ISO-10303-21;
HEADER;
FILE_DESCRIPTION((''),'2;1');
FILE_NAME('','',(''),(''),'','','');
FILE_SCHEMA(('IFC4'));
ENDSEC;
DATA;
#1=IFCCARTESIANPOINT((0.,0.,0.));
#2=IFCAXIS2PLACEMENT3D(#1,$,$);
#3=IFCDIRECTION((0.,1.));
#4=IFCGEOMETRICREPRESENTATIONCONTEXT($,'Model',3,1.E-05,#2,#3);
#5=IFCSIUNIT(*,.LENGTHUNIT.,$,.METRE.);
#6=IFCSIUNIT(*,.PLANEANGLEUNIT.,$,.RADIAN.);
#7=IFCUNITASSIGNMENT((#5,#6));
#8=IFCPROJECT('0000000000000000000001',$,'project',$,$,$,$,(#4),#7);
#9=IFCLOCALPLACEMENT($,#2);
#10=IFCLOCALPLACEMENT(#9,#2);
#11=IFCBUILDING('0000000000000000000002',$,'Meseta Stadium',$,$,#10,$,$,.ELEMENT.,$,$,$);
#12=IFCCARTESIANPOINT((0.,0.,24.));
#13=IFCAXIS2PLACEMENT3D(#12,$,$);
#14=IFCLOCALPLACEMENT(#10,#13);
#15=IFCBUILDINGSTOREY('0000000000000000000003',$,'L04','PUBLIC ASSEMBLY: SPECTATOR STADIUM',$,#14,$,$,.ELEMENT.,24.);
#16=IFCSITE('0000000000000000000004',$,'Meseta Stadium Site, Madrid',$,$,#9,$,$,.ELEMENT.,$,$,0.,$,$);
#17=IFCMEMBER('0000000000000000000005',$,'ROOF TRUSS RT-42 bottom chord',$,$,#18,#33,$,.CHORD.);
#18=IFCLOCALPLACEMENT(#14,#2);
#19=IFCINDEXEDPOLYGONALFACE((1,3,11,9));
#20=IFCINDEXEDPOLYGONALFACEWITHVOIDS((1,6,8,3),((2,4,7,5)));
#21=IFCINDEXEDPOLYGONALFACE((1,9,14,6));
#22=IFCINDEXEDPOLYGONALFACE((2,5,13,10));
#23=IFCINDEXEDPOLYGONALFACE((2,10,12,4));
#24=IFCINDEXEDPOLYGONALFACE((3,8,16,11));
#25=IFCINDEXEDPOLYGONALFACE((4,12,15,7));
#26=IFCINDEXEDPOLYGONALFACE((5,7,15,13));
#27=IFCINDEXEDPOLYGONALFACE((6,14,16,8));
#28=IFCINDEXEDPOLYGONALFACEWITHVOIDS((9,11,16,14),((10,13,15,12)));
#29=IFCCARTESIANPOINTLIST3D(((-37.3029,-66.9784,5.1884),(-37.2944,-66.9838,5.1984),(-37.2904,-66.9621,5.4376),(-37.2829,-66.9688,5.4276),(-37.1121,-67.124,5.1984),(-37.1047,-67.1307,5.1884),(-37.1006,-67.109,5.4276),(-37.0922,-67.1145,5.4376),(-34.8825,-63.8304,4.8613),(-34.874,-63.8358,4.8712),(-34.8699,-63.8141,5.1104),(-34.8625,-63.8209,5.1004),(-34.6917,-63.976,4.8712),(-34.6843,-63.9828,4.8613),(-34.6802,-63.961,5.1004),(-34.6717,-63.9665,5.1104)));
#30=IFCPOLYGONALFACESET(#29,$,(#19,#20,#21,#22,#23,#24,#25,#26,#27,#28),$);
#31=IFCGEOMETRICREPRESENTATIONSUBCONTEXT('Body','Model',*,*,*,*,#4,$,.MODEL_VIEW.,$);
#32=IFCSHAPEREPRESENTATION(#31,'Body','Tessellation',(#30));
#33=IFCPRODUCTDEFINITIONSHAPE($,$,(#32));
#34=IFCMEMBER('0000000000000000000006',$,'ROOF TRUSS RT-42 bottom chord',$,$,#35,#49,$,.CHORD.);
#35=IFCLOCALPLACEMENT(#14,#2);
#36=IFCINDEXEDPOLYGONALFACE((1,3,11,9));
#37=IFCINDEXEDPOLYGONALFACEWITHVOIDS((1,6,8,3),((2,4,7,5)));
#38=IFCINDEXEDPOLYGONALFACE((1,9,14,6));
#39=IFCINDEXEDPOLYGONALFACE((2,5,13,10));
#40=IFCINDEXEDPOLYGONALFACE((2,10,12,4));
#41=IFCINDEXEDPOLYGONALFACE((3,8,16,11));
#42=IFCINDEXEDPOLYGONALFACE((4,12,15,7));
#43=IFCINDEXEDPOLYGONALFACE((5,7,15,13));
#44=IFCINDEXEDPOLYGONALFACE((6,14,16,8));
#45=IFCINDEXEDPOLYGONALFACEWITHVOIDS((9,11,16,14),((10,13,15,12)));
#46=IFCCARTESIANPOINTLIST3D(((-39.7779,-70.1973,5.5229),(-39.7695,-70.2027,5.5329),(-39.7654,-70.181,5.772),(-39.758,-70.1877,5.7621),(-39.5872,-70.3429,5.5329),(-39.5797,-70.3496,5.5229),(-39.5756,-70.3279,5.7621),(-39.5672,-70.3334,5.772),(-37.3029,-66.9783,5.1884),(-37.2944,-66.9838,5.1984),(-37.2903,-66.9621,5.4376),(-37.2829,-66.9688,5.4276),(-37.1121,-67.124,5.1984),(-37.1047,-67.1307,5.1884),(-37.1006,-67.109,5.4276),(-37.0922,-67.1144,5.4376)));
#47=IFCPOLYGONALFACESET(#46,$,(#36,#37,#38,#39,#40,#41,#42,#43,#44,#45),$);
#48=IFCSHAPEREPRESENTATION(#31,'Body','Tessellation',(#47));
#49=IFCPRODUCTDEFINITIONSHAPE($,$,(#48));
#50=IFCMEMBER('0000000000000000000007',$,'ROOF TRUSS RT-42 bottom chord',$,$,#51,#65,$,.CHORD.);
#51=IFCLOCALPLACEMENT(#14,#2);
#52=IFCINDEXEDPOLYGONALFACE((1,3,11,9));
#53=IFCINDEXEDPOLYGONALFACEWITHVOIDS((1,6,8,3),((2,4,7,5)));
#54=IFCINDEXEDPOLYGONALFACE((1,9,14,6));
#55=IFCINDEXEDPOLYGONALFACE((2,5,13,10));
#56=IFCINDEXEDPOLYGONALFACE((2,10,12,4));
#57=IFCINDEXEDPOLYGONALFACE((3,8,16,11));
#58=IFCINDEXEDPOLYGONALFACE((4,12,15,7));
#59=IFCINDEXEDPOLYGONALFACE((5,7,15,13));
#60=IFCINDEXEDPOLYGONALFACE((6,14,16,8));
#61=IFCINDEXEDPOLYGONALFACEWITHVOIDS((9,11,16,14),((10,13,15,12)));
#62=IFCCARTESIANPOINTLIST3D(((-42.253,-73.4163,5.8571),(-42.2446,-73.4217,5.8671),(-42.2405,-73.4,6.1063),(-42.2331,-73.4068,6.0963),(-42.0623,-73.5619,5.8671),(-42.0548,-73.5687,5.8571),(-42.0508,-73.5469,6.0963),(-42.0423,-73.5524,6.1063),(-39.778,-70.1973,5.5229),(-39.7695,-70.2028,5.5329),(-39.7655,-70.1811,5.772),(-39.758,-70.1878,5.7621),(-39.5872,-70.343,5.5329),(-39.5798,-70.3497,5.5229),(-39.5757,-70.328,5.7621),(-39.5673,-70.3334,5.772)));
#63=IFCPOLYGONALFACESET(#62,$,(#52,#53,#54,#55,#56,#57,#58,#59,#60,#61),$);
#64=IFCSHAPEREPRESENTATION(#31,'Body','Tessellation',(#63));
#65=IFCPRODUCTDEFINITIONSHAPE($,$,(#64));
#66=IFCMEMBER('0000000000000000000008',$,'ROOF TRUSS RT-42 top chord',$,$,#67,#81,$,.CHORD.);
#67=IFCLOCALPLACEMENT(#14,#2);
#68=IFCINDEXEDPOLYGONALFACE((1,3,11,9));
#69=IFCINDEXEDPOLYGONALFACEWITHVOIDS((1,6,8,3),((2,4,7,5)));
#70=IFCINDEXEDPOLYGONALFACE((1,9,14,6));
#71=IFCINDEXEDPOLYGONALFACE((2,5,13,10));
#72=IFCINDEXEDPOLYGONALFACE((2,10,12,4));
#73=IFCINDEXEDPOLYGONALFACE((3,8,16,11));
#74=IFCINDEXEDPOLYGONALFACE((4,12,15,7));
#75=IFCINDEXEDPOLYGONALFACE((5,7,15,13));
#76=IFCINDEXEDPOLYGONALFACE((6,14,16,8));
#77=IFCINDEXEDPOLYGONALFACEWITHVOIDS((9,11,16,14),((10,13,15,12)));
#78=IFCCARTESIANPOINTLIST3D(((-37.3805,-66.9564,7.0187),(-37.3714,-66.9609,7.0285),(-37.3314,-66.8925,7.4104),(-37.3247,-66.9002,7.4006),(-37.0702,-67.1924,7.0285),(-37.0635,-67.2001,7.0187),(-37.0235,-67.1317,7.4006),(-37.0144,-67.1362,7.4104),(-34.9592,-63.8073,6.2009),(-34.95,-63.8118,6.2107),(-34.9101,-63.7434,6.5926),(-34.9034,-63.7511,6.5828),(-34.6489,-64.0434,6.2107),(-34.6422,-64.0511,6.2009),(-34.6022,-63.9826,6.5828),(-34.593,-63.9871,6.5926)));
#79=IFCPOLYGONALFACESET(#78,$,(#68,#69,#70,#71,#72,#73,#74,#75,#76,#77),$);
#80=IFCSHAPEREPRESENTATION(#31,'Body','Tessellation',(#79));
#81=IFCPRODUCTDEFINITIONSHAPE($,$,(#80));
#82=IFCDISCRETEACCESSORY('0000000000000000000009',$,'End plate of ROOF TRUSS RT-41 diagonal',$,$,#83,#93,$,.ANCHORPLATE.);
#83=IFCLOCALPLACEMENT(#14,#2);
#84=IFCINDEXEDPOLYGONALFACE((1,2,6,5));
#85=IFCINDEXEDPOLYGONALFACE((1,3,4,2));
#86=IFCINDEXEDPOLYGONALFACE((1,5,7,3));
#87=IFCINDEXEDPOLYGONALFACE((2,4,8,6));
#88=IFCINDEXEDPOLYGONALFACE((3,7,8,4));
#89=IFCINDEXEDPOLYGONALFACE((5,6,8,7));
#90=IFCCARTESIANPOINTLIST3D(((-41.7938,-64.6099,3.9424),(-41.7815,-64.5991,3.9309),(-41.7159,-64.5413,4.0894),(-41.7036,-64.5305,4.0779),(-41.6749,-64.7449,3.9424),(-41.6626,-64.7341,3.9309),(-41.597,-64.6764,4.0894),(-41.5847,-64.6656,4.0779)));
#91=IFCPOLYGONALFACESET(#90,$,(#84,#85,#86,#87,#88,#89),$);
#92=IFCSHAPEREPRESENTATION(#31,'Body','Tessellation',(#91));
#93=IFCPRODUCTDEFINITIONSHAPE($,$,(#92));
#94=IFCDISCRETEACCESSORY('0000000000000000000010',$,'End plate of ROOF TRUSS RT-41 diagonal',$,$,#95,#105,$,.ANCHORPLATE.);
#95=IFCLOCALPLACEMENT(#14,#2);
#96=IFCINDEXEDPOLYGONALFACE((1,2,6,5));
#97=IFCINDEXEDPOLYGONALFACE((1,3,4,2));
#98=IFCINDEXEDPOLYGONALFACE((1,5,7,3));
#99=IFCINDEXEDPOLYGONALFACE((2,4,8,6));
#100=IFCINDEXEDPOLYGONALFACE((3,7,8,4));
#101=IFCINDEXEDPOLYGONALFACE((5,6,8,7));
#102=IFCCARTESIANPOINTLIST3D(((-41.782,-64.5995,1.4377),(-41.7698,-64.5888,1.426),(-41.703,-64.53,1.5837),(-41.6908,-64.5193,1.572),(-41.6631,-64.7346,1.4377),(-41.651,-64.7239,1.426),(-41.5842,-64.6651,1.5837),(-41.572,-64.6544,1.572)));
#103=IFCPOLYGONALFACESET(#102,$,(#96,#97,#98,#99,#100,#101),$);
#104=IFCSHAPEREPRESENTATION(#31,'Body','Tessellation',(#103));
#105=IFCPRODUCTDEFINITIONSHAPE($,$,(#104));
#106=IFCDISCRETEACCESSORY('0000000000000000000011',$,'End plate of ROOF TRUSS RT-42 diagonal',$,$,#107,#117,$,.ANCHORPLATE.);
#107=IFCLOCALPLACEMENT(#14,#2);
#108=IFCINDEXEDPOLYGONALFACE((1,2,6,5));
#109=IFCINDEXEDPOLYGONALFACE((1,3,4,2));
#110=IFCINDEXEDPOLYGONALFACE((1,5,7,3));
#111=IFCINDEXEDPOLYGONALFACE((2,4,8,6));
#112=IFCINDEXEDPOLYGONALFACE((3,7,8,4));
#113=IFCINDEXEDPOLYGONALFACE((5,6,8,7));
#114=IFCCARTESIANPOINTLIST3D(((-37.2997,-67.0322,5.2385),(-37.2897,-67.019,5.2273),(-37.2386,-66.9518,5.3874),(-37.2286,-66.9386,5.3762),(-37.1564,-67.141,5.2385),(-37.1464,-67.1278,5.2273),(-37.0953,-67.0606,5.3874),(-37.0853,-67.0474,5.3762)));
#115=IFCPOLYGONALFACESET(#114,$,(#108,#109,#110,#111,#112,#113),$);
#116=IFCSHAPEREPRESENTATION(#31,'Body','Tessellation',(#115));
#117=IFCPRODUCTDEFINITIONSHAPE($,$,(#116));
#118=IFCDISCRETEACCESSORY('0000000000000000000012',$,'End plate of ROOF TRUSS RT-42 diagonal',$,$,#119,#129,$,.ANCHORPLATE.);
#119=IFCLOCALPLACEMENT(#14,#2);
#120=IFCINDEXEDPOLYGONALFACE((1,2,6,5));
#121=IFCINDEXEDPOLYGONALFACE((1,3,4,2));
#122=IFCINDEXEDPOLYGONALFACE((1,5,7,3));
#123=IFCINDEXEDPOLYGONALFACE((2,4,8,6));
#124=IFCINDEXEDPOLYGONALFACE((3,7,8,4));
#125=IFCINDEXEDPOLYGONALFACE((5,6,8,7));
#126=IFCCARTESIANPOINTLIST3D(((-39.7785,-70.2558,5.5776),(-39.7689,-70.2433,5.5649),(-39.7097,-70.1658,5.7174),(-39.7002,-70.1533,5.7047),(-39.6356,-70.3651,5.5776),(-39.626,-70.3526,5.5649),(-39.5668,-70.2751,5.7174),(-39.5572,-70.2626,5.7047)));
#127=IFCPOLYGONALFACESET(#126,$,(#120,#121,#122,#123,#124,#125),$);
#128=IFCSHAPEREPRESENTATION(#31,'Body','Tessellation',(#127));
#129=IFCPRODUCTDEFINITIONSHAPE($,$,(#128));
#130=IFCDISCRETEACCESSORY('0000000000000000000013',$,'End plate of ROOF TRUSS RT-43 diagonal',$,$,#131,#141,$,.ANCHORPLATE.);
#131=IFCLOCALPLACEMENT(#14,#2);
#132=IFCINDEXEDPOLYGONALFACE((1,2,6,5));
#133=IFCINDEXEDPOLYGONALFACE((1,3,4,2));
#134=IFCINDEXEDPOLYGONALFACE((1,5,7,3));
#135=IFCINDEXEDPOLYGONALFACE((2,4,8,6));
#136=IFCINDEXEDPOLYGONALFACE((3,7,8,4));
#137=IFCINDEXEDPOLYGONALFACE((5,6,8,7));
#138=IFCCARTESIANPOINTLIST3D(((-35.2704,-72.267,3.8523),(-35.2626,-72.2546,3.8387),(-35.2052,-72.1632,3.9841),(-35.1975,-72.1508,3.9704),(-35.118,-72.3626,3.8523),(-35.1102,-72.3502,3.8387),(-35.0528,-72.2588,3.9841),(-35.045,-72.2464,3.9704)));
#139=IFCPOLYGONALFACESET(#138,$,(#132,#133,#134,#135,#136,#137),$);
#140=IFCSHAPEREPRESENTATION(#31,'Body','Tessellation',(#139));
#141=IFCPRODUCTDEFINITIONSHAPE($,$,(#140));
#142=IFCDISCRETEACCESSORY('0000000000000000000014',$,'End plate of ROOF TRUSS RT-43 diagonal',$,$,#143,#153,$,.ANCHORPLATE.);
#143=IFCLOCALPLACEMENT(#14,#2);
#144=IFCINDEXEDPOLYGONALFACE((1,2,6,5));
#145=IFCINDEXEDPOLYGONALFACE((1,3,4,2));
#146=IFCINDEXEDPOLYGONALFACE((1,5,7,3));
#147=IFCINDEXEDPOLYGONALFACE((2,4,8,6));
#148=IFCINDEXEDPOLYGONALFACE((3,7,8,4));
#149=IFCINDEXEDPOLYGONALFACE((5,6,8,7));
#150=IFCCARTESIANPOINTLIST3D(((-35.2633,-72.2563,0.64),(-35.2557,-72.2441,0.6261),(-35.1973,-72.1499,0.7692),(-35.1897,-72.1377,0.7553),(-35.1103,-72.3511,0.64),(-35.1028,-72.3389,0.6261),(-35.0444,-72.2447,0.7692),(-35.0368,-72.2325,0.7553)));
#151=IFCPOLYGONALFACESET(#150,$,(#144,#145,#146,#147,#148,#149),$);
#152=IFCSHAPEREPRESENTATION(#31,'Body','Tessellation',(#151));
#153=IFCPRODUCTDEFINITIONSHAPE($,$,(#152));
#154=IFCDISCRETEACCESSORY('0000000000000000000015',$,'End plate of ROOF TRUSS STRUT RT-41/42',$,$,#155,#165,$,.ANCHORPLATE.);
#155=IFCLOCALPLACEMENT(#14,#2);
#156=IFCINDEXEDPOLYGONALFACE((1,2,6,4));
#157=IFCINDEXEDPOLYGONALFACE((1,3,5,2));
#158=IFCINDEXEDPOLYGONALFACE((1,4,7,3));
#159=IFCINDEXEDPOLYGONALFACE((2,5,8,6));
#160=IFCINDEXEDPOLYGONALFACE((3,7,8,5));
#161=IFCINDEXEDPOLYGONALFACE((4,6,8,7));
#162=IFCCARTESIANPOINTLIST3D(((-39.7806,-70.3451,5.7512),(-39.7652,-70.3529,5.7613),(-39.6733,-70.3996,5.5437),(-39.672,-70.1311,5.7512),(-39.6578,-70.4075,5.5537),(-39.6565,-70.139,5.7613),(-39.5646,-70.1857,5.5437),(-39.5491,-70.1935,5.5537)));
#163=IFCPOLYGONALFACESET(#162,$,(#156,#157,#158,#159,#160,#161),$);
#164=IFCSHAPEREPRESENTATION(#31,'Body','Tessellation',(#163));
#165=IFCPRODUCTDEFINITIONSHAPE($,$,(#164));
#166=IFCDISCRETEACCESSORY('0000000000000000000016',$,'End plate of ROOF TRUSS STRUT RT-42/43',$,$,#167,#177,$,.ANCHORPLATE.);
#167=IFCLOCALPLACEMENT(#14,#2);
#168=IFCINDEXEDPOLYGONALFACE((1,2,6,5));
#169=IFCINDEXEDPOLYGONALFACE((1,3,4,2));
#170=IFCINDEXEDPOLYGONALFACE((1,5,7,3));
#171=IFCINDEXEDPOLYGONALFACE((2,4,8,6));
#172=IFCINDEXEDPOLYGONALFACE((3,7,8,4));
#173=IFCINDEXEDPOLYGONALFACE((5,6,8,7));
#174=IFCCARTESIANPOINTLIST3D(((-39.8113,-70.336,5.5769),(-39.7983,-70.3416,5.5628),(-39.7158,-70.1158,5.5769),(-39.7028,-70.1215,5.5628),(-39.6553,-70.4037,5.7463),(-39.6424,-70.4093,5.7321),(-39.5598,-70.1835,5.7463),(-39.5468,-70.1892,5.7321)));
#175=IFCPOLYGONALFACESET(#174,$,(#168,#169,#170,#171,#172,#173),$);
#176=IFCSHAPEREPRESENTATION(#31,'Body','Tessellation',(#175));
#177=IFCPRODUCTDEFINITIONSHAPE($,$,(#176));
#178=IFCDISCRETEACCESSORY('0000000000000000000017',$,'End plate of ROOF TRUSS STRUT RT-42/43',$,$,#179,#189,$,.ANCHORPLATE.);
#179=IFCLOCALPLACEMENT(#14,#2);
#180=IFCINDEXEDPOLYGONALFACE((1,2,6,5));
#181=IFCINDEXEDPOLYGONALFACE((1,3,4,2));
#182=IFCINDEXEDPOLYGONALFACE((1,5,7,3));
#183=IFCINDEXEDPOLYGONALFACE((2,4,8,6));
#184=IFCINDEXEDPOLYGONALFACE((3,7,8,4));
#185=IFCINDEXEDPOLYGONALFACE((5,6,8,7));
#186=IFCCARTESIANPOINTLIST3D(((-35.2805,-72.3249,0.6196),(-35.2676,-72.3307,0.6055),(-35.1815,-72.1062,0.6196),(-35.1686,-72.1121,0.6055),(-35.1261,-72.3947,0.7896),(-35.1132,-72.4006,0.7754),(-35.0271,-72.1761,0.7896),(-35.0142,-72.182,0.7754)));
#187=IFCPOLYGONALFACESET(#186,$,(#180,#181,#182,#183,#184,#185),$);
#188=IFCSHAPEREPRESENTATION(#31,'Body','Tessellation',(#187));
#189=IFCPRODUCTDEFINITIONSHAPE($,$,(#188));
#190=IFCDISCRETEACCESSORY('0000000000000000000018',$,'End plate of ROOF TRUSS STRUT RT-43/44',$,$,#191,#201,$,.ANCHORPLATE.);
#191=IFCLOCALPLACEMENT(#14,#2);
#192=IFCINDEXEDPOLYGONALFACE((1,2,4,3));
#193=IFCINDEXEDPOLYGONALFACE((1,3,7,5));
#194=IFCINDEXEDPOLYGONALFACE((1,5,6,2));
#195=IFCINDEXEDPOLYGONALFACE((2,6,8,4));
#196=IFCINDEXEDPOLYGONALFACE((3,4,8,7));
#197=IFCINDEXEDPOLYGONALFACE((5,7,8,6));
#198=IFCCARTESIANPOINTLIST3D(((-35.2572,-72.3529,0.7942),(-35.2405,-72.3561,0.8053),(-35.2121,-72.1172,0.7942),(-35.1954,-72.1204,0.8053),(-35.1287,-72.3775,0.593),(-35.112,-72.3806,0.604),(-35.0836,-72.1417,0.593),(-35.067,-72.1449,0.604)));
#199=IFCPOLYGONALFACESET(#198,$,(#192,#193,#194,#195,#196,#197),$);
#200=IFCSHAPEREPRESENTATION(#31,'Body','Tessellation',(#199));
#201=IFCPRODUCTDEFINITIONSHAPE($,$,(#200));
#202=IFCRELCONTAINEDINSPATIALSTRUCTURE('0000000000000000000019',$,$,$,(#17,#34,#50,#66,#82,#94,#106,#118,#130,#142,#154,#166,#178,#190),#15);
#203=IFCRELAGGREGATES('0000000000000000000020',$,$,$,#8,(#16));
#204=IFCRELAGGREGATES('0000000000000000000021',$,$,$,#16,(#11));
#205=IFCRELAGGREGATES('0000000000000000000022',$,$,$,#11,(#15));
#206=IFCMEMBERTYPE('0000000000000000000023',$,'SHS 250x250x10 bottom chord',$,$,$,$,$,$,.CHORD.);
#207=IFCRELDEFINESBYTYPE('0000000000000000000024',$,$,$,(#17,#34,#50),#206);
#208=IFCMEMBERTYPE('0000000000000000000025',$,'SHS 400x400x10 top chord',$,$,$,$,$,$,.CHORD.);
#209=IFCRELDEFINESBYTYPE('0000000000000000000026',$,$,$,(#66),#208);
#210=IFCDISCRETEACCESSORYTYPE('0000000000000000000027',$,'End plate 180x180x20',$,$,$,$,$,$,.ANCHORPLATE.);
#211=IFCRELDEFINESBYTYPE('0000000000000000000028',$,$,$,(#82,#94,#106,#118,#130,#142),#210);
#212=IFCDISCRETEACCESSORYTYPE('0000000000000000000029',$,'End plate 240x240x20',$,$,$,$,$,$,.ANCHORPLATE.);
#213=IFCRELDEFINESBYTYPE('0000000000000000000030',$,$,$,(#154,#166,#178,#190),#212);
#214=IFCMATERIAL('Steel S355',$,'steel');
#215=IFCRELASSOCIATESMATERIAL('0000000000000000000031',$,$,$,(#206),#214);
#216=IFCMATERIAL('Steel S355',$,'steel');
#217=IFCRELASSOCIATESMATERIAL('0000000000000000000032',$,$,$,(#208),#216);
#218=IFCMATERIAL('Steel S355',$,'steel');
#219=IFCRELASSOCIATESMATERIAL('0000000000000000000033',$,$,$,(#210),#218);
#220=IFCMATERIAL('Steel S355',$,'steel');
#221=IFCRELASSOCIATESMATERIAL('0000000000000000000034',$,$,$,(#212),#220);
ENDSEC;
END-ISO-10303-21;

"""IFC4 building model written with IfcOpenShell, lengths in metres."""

from ifc_helpers import new_model, si_unit, direction, frame, origin, origin_2d, place, context, subcontext, project, spatial, rectangle, hollow_rectangle, extrude, material, material_profile, profile_set, type_object, element, save


model = new_model("IFC4")

# Units and contexts
model_context = context("Model", 3, precision=1e-05, world=origin(), true_north=direction((0.0, 1.0)))
body_context = subcontext(model_context, "Body", "Model", "MODEL_VIEW")
ifc_project = project(units=[si_unit("LENGTHUNIT", "METRE"), si_unit("PLANEANGLEUNIT", "RADIAN")], contexts=[model_context])

# Site, building, storey
site_placement = place(None, origin())
site = spatial("IfcSite", under=ifc_project, at=site_placement, Name="Meseta Stadium Site, Madrid", CompositionType="ELEMENT", RefElevation=0.0)
building_placement = place(site_placement, origin())
building = spatial("IfcBuilding", under=site, at=building_placement, Name="Meseta Stadium", CompositionType="ELEMENT")
storey_placement = place(building_placement, frame((0.0, 0.0, 24.0)))
storey = spatial("IfcBuildingStorey", under=building, at=storey_placement, Name="L04", Description="PUBLIC ASSEMBLY: SPECTATOR STADIUM", CompositionType="ELEMENT", Elevation=24.0)

# Members
ifc_material_1 = material(Name="Steel S355", Category="steel")
ifc_material_profile_1 = material_profile(ifc_material_1, hollow_rectangle(XDim=0.25, YDim=0.25, WallThickness=0.01, at=origin_2d()), Name="SHS 250x250x10")
ifc_profile_set_1 = profile_set([ifc_material_profile_1], Name="Steel S355")
member_type_1 = type_object("IfcMemberType", Name="SHS 250x250x10 bottom chord", PredefinedType="CHORD", material=ifc_profile_set_1)
member_1_placement = place(storey_placement, frame((-34.7771, -63.8984, 4.9858), z_axis=(-0.60748, -0.79008, 0.082108), x_axis=(0.792757, -0.609538, 0.0)))
element("IfcMember", 1, at=member_1_placement, inside=storey, type_object=member_type_1, Name="ROOF TRUSS RT-42 bottom chord", PredefinedType="CHORD", context=body_context, shape_type="SweptSolid", body=[
    extrude(hollow_rectangle(XDim=0.25, YDim=0.25, WallThickness=0.01, at=origin_2d()), origin(), (0.0, 0.0, 1.0), 3.9844),
])
for number, where, z_axis, x_axis, name in (
    (2, (-37.1975, -67.0464, 5.313), (-0.607491, -0.790073, 0.082093), (0.792749, -0.609548, 0.0), "ROOF TRUSS RT-42 bottom chord"),
    (3, (-39.6726, -70.2654, 5.6475), (-0.607494, -0.790077, 0.082034), (0.792749, -0.609548, 0.0), "ROOF TRUSS RT-42 bottom chord"),
):
    element("IfcMember", number, at=place(storey_placement, frame(where, z_axis=z_axis, x_axis=x_axis)), inside=storey, type_object=member_type_1, Name=name, PredefinedType="CHORD", context=body_context, shape_type="SweptSolid", body=[
        extrude(hollow_rectangle(XDim=0.25, YDim=0.25, WallThickness=0.01, at=origin_2d()), origin(), (0.0, 0.0, 1.0), 4.0742),
    ])
ifc_material_2 = material(Name="Steel S355", Category="steel")
ifc_material_profile_2 = material_profile(ifc_material_2, hollow_rectangle(XDim=0.3999, YDim=0.3999, WallThickness=0.01, at=origin_2d()), Name="SHS 400x400x10")
ifc_profile_set_2 = profile_set([ifc_material_profile_2], Name="Steel S355")
member_type_2 = type_object("IfcMemberType", Name="SHS 400x400x10 top chord", PredefinedType="CHORD", material=ifc_profile_set_2)
member_2_placement = place(storey_placement, frame((-34.7761, -63.8972, 6.3967), z_axis=(-0.597022, -0.776466, 0.201656), x_axis=(0.792752, -0.609544, 0.0)))
element("IfcMember", 4, at=member_2_placement, inside=storey, type_object=member_type_2, Name="ROOF TRUSS RT-42 top chord", PredefinedType="CHORD", context=body_context, shape_type="SweptSolid", body=[
    extrude(hollow_rectangle(XDim=0.3999, YDim=0.3999, WallThickness=0.01, at=origin_2d()), origin(), (0.0, 0.0, 1.0), 4.0557),
])

# Discrete accessories
ifc_material_3 = material(Name="Steel S355", Category="steel")
ifc_material_profile_3 = material_profile(ifc_material_3, rectangle(XDim=0.1799, YDim=0.1799, at=origin_2d()), Name="PL 180x180")
ifc_profile_set_3 = profile_set([ifc_material_profile_3], Name="Steel S355")
discrete_accessory_type_1 = type_object("IfcDiscreteAccessoryType", Name="End plate 180x180x20", PredefinedType="ANCHORPLATE", material=ifc_profile_set_3)
for number, where, z_axis, x_axis, name in (
    (5, (-41.6831, -64.6323, 4.0044), (-0.61337, -0.539766, 0.576568), (0.660628, -0.750714, 0.0), "End plate of ROOF TRUSS RT-41 diagonal"),
    (6, (-41.6709, -64.6216, 1.499), (-0.609032, -0.535948, 0.584671), (0.660628, -0.750714, 0.0), "End plate of ROOF TRUSS RT-41 diagonal"),
    (7, (-37.1875, -67.0332, 5.3018), (-0.500409, -0.659076, 0.561435), (0.796446, -0.604709, 0.0), "End plate of ROOF TRUSS RT-42 diagonal"),
):
    element("IfcDiscreteAccessory", number, at=place(storey_placement, frame(where, z_axis=z_axis, x_axis=x_axis)), inside=storey, type_object=discrete_accessory_type_1, Name=name, PredefinedType="ANCHORPLATE", context=body_context, shape_type="SweptSolid", body=[
        extrude(rectangle(XDim=0.1799, YDim=0.1799, at=origin_2d()), origin(), (0.0, 0.0, 1.0), 0.02),
    ])
discrete_accessory_1_placement = place(storey_placement, frame((-39.6631, -70.2529, 5.6348), z_axis=(-0.472043, -0.617287, 0.629391), x_axis=(0.794358, -0.60745, 0.0)))
element("IfcDiscreteAccessory", 8, at=discrete_accessory_1_placement, inside=storey, type_object=discrete_accessory_type_1, Name="End plate of ROOF TRUSS RT-42 diagonal", PredefinedType="ANCHORPLATE", context=body_context, shape_type="SweptSolid", body=[
    extrude(rectangle(XDim=0.1799, YDim=0.1799, at=origin_2d()), origin(), (0.0, 0.0, 1.0), 0.0203),
])
for number, where, z_axis, x_axis, name in (
    (9, (-35.1538, -72.2505, 3.9045), (-0.389175, -0.620247, 0.681056), (0.847064, -0.531491, 0.0), "End plate of ROOF TRUSS RT-43 diagonal"),
    (10, (-35.1462, -72.2383, 0.6907), (-0.378443, -0.610392, 0.695847), (0.849903, -0.52694, 0.0), "End plate of ROOF TRUSS RT-43 diagonal"),
):
    element("IfcDiscreteAccessory", number, at=place(storey_placement, frame(where, z_axis=z_axis, x_axis=x_axis)), inside=storey, type_object=discrete_accessory_type_1, Name=name, PredefinedType="ANCHORPLATE", context=body_context, shape_type="SweptSolid", body=[
        extrude(rectangle(XDim=0.1799, YDim=0.1799, at=origin_2d()), origin(), (0.0, 0.0, 1.0), 0.02),
    ])
ifc_material_4 = material(Name="Steel S355", Category="steel")
ifc_material_profile_4 = material_profile(ifc_material_4, rectangle(XDim=0.24, YDim=0.24, at=origin_2d()), Name="PL 240x240")
ifc_profile_set_4 = profile_set([ifc_material_profile_4], Name="Steel S355")
discrete_accessory_type_2 = type_object("IfcDiscreteAccessoryType", Name="End plate 240x240x20", PredefinedType="ANCHORPLATE", material=ifc_profile_set_4)
for number, where, z_axis, x_axis, name in (
    (11, (-39.6726, -70.2654, 5.6475), (0.771165, -0.391703, 0.501869), (0.452865, 0.891579, 0.0), "End plate of ROOF TRUSS STRUT RT-41/42"),
    (12, (-39.6855, -70.2598, 5.6616), (0.647401, -0.280948, -0.708477), (0.398093, 0.917345, 0.0), "End plate of ROOF TRUSS STRUT RT-42/43"),
    (13, (-35.1538, -72.2505, 0.7046), (0.645143, -0.29214, -0.706006), (0.412508, 0.910954, 0.0), "End plate of ROOF TRUSS STRUT RT-42/43"),
):
    element("IfcDiscreteAccessory", number, at=place(storey_placement, frame(where, z_axis=z_axis, x_axis=x_axis)), inside=storey, type_object=discrete_accessory_type_2, Name=name, PredefinedType="ANCHORPLATE", context=body_context, shape_type="SweptSolid", body=[
        extrude(rectangle(XDim=0.24, YDim=0.24, at=origin_2d()), origin(), (0.0, 0.0, 1.0), 0.02),
    ])
discrete_accessory_2_placement = place(storey_placement, frame((-35.1704, -72.2473, 0.6936), z_axis=(0.823532, -0.15744, 0.544984), x_axis=(0.187776, 0.982212, 0.0)))
element("IfcDiscreteAccessory", 14, at=discrete_accessory_2_placement, inside=storey, type_object=discrete_accessory_type_2, Name="End plate of ROOF TRUSS STRUT RT-43/44", PredefinedType="ANCHORPLATE", context=body_context, shape_type="SweptSolid", body=[
    extrude(rectangle(XDim=0.24, YDim=0.24, at=origin_2d()), origin(), (0.0, 0.0, 1.0), 0.0203),
])

save(model, "model.ifc")
